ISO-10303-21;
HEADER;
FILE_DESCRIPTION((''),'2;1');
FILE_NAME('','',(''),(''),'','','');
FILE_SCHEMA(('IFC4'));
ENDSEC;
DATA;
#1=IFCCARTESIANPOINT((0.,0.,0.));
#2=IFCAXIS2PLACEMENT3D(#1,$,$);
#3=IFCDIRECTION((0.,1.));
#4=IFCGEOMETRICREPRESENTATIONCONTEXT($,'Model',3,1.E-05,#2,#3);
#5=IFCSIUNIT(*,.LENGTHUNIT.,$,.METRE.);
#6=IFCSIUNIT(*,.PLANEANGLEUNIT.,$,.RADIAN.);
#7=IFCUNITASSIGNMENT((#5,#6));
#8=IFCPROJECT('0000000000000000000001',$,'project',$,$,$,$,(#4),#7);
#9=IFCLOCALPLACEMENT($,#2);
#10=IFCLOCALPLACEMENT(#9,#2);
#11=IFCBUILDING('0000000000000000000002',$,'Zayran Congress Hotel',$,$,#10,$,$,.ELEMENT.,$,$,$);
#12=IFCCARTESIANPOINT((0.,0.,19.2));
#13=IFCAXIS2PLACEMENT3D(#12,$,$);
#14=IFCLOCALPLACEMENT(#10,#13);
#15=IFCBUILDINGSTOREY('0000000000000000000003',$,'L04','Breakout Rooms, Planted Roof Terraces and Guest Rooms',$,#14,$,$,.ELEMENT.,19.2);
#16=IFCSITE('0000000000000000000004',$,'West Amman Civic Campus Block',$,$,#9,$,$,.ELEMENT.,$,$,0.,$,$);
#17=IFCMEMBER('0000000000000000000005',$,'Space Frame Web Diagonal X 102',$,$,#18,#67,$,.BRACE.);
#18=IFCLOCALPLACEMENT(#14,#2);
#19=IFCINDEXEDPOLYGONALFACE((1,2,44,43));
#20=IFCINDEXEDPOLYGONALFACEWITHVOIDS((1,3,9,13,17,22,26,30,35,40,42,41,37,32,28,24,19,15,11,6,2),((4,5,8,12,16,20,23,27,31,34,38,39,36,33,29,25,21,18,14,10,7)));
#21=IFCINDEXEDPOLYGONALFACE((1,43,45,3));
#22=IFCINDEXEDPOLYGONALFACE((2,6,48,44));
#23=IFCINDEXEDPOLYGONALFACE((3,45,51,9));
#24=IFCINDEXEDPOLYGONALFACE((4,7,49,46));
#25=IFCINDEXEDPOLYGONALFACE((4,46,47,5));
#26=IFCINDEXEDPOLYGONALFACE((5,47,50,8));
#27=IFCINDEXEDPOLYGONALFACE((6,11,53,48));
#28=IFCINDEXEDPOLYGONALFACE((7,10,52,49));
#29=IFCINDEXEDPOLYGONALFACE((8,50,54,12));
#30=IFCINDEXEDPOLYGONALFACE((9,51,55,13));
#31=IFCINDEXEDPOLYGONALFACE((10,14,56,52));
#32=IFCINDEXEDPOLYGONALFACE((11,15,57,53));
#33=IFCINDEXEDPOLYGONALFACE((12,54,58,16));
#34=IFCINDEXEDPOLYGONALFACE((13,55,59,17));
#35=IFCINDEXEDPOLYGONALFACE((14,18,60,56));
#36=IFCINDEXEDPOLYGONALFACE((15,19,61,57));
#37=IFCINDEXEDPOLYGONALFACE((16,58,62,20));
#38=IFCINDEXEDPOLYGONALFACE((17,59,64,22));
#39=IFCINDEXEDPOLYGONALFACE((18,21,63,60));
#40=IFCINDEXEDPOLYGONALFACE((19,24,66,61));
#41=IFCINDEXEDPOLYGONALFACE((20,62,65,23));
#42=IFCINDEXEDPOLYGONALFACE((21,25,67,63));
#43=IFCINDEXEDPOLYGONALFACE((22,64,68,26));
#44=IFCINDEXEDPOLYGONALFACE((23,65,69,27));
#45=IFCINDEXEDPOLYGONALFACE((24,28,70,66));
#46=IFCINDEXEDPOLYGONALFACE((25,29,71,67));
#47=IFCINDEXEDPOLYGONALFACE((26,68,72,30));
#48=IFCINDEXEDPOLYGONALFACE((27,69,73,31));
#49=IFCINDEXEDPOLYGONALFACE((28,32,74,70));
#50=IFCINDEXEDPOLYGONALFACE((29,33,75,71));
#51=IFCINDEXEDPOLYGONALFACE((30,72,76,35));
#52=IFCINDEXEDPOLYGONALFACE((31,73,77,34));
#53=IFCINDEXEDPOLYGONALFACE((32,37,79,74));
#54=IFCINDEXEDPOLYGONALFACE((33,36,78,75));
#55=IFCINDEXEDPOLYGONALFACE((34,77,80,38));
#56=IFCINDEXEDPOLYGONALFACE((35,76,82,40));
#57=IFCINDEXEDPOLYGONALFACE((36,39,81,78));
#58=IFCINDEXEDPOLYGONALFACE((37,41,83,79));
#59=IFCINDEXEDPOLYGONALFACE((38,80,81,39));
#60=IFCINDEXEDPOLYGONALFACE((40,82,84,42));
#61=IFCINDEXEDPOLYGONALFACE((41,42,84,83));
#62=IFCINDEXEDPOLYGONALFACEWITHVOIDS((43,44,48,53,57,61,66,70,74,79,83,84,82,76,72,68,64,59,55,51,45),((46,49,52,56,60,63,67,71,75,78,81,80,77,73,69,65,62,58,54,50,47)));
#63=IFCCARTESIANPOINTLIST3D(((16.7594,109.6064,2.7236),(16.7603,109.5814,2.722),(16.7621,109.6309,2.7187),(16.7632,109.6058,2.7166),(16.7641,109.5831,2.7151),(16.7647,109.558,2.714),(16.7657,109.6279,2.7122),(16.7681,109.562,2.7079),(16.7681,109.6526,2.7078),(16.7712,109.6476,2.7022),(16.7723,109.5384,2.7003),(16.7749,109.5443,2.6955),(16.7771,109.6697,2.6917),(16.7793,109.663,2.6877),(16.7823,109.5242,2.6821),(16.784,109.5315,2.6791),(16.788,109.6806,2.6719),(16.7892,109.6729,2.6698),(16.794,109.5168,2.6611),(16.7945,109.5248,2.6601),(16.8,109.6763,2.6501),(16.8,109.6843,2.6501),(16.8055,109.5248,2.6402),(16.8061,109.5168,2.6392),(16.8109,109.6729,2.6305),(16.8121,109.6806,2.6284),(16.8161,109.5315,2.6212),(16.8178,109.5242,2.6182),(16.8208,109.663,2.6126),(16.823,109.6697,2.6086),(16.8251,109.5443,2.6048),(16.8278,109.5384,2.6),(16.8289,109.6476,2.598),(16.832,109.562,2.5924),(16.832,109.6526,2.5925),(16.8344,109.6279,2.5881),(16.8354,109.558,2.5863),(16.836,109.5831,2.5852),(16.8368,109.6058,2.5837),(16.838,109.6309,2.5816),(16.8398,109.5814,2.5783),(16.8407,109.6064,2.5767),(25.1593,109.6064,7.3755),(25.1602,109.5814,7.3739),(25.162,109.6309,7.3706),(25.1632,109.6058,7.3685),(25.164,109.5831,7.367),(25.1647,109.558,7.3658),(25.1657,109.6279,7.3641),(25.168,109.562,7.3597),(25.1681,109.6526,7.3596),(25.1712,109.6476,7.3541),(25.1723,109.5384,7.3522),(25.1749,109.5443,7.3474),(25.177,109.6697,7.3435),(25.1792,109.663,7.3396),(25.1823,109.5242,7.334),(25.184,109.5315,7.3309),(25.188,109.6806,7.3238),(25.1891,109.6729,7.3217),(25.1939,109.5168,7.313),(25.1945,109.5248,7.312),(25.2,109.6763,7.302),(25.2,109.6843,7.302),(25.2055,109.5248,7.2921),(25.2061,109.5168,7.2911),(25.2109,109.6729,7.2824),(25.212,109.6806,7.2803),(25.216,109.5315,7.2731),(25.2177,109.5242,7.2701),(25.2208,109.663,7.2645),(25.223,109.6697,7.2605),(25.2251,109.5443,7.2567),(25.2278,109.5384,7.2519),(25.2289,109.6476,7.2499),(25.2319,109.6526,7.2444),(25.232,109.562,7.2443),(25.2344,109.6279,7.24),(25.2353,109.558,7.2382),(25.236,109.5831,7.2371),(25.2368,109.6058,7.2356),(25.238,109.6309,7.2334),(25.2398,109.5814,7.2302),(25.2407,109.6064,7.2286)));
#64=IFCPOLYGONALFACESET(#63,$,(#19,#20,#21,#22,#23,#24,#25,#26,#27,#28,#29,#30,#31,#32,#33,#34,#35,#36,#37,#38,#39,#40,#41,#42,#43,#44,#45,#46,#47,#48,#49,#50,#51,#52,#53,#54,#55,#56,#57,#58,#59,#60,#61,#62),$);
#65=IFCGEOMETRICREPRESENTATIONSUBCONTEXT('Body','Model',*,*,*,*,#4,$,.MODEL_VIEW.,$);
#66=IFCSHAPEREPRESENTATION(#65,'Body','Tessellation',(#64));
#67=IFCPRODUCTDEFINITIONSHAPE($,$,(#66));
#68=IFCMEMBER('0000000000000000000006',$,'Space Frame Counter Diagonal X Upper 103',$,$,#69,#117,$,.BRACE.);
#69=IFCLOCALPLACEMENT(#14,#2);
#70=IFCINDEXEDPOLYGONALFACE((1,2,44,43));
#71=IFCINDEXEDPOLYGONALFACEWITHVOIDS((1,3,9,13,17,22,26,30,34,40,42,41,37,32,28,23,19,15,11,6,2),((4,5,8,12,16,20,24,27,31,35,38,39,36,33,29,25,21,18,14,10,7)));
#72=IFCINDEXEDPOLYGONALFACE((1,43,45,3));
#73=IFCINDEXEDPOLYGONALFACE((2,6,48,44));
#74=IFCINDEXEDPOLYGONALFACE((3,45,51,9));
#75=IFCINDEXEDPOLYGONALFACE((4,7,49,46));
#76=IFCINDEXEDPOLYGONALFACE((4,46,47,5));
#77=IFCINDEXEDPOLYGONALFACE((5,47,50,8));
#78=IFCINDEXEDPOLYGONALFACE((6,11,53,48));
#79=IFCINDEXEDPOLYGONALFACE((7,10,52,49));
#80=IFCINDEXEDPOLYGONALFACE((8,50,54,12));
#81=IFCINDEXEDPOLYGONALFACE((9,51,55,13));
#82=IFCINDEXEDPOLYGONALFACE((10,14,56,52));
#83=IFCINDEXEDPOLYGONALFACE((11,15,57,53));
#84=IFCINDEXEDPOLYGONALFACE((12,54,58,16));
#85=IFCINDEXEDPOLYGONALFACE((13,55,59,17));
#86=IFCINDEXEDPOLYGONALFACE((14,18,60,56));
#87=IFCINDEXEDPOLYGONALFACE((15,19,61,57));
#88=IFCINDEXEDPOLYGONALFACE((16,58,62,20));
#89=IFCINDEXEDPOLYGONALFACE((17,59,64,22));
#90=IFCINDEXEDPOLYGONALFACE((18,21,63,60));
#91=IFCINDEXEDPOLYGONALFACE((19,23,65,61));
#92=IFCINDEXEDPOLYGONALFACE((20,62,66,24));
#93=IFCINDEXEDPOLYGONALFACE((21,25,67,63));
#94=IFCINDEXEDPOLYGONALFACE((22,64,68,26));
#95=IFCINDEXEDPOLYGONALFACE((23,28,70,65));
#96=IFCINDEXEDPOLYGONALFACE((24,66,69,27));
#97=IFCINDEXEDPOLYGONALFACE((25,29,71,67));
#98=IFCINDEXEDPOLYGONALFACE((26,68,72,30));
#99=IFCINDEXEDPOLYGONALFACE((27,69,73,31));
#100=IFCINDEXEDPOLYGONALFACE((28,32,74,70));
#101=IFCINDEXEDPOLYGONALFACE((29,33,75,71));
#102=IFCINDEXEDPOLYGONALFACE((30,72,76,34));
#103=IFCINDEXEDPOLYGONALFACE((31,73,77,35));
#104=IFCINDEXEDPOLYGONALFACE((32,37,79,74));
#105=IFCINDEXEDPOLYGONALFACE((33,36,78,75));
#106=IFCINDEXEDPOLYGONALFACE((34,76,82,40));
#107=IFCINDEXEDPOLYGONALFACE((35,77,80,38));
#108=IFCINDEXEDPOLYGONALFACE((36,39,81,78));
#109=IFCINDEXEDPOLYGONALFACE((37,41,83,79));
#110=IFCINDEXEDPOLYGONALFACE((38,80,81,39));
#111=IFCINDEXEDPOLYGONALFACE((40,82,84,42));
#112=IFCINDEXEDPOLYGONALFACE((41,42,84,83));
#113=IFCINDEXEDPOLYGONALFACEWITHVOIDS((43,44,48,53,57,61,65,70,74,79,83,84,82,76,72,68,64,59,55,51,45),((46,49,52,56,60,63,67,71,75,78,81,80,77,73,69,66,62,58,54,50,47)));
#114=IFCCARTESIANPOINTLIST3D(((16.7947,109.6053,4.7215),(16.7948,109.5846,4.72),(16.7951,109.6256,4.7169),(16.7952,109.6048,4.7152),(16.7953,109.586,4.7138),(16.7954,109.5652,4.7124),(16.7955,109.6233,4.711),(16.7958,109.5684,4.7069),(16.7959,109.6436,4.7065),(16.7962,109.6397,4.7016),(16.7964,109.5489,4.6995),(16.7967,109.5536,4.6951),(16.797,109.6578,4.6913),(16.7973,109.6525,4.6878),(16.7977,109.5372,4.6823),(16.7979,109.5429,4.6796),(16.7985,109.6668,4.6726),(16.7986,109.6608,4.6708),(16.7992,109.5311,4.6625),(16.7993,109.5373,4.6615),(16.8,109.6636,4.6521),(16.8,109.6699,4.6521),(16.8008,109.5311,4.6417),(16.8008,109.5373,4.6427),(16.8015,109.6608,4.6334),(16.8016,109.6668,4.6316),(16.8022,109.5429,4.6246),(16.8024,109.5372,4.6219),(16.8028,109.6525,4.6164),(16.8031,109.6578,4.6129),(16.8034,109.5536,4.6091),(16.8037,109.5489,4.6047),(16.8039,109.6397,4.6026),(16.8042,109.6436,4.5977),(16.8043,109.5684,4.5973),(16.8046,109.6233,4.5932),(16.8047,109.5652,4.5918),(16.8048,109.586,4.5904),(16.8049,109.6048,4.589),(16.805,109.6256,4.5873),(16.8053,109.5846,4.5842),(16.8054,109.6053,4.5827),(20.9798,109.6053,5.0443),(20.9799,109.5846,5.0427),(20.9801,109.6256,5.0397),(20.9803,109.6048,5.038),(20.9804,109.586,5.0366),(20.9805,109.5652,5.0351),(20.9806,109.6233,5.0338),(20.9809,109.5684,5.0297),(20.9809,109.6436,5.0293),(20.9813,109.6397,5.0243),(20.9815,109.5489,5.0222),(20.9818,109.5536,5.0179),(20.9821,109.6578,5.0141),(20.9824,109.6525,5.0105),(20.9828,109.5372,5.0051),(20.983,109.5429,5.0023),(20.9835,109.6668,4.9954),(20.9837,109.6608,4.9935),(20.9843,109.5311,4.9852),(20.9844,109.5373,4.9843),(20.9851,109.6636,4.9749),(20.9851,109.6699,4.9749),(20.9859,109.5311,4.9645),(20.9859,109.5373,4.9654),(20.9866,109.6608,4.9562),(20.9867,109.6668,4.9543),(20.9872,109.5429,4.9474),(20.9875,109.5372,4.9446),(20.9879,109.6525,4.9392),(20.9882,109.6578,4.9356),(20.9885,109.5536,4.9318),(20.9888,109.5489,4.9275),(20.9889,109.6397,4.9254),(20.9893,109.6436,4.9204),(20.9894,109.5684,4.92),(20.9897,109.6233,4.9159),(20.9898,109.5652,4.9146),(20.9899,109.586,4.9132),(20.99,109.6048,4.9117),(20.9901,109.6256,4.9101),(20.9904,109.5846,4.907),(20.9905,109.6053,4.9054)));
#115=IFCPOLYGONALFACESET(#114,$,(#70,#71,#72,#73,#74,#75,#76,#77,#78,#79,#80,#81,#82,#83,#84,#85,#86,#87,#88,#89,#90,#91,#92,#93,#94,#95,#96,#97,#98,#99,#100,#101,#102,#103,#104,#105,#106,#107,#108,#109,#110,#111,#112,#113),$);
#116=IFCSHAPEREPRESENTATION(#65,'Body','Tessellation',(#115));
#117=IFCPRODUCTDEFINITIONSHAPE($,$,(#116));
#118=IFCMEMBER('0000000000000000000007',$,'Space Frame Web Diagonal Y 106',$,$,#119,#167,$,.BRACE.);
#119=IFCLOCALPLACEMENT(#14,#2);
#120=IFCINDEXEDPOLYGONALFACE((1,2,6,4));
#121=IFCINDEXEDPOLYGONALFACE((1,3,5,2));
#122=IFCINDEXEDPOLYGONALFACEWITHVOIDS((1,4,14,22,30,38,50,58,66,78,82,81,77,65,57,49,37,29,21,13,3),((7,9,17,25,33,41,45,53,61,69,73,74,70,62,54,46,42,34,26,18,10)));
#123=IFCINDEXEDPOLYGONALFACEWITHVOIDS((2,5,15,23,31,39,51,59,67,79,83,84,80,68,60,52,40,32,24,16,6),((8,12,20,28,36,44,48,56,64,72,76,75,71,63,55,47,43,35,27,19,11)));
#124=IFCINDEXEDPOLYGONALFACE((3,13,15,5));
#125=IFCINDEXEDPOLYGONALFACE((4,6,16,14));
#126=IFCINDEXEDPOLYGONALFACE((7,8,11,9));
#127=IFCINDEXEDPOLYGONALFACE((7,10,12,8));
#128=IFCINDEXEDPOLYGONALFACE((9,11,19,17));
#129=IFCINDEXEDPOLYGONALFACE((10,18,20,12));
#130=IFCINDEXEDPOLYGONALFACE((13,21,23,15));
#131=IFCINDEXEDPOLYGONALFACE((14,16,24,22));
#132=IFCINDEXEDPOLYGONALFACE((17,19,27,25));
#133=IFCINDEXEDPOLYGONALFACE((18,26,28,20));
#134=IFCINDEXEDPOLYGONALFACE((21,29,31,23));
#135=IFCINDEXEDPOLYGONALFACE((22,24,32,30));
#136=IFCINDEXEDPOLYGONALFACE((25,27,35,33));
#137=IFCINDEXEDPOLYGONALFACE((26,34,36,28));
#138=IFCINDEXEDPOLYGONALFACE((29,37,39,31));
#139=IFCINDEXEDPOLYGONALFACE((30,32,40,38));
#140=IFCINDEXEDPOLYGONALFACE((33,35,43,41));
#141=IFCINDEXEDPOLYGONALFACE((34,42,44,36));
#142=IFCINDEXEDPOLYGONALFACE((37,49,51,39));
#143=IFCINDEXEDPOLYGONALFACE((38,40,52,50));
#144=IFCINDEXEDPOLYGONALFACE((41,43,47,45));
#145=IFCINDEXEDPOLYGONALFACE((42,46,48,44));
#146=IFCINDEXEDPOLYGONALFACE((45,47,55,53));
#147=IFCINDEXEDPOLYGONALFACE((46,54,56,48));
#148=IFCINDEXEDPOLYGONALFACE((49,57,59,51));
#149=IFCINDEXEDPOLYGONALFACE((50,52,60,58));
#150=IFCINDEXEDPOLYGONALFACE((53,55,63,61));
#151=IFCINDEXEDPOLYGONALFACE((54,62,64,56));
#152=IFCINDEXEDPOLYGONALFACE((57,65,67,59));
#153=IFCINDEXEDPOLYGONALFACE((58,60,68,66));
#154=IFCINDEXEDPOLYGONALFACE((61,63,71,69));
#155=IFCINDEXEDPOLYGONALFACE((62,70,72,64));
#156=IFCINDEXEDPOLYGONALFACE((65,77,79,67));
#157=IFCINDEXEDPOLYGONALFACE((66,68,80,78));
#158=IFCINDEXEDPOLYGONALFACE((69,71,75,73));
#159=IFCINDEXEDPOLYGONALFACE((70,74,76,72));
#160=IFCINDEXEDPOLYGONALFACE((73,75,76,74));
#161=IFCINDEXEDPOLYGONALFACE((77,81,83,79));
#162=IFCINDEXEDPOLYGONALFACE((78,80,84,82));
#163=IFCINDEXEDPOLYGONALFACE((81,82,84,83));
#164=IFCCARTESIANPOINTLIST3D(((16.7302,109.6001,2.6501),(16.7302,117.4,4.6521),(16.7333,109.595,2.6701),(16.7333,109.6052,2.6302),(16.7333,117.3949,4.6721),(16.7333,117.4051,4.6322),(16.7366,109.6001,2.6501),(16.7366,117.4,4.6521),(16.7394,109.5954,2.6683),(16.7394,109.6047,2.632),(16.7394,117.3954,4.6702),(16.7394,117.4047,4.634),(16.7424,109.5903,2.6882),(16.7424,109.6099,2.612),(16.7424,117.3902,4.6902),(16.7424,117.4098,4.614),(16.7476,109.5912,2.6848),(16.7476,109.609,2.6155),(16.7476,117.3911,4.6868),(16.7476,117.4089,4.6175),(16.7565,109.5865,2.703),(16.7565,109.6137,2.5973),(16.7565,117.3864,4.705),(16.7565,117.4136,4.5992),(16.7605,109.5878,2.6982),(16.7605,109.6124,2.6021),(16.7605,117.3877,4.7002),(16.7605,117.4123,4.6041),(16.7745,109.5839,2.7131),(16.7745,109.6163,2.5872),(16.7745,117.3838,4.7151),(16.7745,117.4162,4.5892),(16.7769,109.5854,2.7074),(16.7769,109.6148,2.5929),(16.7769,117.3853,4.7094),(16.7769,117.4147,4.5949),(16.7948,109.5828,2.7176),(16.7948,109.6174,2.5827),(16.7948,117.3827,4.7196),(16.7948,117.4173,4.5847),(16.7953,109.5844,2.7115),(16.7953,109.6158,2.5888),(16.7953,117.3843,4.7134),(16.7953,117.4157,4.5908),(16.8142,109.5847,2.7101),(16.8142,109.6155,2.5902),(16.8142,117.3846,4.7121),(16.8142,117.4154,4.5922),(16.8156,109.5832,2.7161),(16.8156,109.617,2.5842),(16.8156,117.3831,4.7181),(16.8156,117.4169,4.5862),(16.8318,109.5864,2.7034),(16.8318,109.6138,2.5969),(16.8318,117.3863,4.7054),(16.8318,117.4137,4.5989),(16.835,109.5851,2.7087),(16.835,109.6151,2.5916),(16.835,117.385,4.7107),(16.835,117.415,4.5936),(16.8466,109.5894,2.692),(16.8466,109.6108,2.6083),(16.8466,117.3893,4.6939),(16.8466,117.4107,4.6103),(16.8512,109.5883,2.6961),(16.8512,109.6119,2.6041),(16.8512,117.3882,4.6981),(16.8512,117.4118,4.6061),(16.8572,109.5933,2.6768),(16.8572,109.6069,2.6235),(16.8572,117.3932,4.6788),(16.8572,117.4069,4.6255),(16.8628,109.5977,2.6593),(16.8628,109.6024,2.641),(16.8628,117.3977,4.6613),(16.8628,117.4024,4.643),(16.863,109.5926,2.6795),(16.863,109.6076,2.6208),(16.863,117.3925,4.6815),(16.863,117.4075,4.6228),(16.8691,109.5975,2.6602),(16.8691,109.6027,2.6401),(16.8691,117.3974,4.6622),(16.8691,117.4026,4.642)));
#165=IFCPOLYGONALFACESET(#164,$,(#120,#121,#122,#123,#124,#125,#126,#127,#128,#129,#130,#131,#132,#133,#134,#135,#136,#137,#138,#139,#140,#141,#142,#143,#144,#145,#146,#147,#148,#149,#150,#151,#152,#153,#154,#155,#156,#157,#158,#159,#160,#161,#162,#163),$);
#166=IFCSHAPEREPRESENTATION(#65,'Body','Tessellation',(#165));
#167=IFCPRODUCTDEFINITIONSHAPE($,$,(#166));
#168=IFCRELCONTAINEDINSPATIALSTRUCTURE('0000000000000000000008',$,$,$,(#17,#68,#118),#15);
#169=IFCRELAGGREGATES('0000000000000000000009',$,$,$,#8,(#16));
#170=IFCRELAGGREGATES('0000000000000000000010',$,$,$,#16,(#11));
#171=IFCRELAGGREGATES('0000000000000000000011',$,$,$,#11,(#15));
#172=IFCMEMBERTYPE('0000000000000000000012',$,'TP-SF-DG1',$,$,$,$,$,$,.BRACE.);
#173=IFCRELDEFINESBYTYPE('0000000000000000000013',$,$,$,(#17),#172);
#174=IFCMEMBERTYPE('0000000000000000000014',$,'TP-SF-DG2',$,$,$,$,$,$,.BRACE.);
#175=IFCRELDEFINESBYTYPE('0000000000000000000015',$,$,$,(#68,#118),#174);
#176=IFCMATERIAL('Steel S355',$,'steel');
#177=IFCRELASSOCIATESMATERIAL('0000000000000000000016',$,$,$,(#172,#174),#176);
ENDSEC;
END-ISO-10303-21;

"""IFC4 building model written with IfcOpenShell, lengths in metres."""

from ifc_helpers import new_model, si_unit, direction, frame, origin, origin_2d, place, context, subcontext, project, spatial, hollow_circle, extrude, material, material_profile, profile_set, type_object, element, save


model = new_model("IFC4")

# Units and contexts
model_context = context("Model", 3, precision=1e-05, world=origin(), true_north=direction((0.0, 1.0)))
body_context = subcontext(model_context, "Body", "Model", "MODEL_VIEW")
ifc_project = project(units=[si_unit("LENGTHUNIT", "METRE"), si_unit("PLANEANGLEUNIT", "RADIAN")], contexts=[model_context])

# Site, building, storey
site_placement = place(None, origin())
site = spatial("IfcSite", under=ifc_project, at=site_placement, Name="West Amman Civic Campus Block", CompositionType="ELEMENT", RefElevation=0.0)
building_placement = place(site_placement, origin())
building = spatial("IfcBuilding", under=site, at=building_placement, Name="Zayran Congress Hotel", CompositionType="ELEMENT")
storey_placement = place(building_placement, frame((0.0, 0.0, 19.2)))
storey = spatial("IfcBuildingStorey", under=building, at=storey_placement, Name="L04", Description="Breakout Rooms, Planted Roof Terraces and Guest Rooms", CompositionType="ELEMENT", Elevation=19.2)

# Shared definitions
ifc_material_1 = material(Name="Steel S355", Category="steel")

# Members
ifc_material_profile_1 = material_profile(ifc_material_1, hollow_circle(Radius=0.0842, WallThickness=0.0081, at=origin_2d()), Name="CHS 168.3x8")
ifc_profile_set_1 = profile_set([ifc_material_profile_1], Name="Steel S355")
member_type_1 = type_object("IfcMemberType", Name="TP-SF-DG1", PredefinedType="BRACE", material=ifc_profile_set_1)
member_1_placement = place(storey_placement, frame((16.8, 109.6001, 2.6501), z_axis=(0.874809, 0.0, 0.484468), x_axis=(0.0, 1.0, 0.0)))
element("IfcMember", 1, at=member_1_placement, inside=storey, type_object=member_type_1, Name="Space Frame Web Diagonal X 102", PredefinedType="BRACE", context=body_context, shape_type="SweptSolid", body=[
    extrude(hollow_circle(Radius=0.0842, WallThickness=0.0081, at=origin_2d()), origin(), (0.0, 0.0, 1.0), 9.6021),
])
ifc_material_profile_2 = material_profile(ifc_material_1, hollow_circle(Radius=0.0698, WallThickness=0.0063, at=origin_2d()), Name="CHS 139.7x6.3")
ifc_profile_set_2 = profile_set([ifc_material_profile_2], Name="Steel S355")
member_type_2 = type_object("IfcMemberType", Name="TP-SF-DG2", PredefinedType="BRACE", material=ifc_profile_set_2)
member_2_placement = place(storey_placement, frame((16.8, 109.6001, 4.6521), z_axis=(0.997039, 0.0, 0.076892), x_axis=(0.0, 1.0, 0.0)))
element("IfcMember", 2, at=member_2_placement, inside=storey, type_object=member_type_2, Name="Space Frame Counter Diagonal X Upper 103", PredefinedType="BRACE", context=body_context, shape_type="SweptSolid", body=[
    extrude(hollow_circle(Radius=0.0698, WallThickness=0.0063, at=origin_2d()), origin(), (0.0, 0.0, 1.0), 4.1975),
])
member_3_placement = place(storey_placement, frame((16.8, 109.6001, 2.6501), z_axis=(0.0, 0.968604, 0.248609), x_axis=(-1.0, 0.0, 0.0)))
element("IfcMember", 3, at=member_3_placement, inside=storey, type_object=member_type_2, Name="Space Frame Web Diagonal Y 106", PredefinedType="BRACE", context=body_context, shape_type="SweptSolid", body=[
    extrude(hollow_circle(Radius=0.0698, WallThickness=0.0063, at=origin_2d()), origin(), (0.0, 0.0, 1.0), 8.0527),
])

save(model, "model.ifc")
